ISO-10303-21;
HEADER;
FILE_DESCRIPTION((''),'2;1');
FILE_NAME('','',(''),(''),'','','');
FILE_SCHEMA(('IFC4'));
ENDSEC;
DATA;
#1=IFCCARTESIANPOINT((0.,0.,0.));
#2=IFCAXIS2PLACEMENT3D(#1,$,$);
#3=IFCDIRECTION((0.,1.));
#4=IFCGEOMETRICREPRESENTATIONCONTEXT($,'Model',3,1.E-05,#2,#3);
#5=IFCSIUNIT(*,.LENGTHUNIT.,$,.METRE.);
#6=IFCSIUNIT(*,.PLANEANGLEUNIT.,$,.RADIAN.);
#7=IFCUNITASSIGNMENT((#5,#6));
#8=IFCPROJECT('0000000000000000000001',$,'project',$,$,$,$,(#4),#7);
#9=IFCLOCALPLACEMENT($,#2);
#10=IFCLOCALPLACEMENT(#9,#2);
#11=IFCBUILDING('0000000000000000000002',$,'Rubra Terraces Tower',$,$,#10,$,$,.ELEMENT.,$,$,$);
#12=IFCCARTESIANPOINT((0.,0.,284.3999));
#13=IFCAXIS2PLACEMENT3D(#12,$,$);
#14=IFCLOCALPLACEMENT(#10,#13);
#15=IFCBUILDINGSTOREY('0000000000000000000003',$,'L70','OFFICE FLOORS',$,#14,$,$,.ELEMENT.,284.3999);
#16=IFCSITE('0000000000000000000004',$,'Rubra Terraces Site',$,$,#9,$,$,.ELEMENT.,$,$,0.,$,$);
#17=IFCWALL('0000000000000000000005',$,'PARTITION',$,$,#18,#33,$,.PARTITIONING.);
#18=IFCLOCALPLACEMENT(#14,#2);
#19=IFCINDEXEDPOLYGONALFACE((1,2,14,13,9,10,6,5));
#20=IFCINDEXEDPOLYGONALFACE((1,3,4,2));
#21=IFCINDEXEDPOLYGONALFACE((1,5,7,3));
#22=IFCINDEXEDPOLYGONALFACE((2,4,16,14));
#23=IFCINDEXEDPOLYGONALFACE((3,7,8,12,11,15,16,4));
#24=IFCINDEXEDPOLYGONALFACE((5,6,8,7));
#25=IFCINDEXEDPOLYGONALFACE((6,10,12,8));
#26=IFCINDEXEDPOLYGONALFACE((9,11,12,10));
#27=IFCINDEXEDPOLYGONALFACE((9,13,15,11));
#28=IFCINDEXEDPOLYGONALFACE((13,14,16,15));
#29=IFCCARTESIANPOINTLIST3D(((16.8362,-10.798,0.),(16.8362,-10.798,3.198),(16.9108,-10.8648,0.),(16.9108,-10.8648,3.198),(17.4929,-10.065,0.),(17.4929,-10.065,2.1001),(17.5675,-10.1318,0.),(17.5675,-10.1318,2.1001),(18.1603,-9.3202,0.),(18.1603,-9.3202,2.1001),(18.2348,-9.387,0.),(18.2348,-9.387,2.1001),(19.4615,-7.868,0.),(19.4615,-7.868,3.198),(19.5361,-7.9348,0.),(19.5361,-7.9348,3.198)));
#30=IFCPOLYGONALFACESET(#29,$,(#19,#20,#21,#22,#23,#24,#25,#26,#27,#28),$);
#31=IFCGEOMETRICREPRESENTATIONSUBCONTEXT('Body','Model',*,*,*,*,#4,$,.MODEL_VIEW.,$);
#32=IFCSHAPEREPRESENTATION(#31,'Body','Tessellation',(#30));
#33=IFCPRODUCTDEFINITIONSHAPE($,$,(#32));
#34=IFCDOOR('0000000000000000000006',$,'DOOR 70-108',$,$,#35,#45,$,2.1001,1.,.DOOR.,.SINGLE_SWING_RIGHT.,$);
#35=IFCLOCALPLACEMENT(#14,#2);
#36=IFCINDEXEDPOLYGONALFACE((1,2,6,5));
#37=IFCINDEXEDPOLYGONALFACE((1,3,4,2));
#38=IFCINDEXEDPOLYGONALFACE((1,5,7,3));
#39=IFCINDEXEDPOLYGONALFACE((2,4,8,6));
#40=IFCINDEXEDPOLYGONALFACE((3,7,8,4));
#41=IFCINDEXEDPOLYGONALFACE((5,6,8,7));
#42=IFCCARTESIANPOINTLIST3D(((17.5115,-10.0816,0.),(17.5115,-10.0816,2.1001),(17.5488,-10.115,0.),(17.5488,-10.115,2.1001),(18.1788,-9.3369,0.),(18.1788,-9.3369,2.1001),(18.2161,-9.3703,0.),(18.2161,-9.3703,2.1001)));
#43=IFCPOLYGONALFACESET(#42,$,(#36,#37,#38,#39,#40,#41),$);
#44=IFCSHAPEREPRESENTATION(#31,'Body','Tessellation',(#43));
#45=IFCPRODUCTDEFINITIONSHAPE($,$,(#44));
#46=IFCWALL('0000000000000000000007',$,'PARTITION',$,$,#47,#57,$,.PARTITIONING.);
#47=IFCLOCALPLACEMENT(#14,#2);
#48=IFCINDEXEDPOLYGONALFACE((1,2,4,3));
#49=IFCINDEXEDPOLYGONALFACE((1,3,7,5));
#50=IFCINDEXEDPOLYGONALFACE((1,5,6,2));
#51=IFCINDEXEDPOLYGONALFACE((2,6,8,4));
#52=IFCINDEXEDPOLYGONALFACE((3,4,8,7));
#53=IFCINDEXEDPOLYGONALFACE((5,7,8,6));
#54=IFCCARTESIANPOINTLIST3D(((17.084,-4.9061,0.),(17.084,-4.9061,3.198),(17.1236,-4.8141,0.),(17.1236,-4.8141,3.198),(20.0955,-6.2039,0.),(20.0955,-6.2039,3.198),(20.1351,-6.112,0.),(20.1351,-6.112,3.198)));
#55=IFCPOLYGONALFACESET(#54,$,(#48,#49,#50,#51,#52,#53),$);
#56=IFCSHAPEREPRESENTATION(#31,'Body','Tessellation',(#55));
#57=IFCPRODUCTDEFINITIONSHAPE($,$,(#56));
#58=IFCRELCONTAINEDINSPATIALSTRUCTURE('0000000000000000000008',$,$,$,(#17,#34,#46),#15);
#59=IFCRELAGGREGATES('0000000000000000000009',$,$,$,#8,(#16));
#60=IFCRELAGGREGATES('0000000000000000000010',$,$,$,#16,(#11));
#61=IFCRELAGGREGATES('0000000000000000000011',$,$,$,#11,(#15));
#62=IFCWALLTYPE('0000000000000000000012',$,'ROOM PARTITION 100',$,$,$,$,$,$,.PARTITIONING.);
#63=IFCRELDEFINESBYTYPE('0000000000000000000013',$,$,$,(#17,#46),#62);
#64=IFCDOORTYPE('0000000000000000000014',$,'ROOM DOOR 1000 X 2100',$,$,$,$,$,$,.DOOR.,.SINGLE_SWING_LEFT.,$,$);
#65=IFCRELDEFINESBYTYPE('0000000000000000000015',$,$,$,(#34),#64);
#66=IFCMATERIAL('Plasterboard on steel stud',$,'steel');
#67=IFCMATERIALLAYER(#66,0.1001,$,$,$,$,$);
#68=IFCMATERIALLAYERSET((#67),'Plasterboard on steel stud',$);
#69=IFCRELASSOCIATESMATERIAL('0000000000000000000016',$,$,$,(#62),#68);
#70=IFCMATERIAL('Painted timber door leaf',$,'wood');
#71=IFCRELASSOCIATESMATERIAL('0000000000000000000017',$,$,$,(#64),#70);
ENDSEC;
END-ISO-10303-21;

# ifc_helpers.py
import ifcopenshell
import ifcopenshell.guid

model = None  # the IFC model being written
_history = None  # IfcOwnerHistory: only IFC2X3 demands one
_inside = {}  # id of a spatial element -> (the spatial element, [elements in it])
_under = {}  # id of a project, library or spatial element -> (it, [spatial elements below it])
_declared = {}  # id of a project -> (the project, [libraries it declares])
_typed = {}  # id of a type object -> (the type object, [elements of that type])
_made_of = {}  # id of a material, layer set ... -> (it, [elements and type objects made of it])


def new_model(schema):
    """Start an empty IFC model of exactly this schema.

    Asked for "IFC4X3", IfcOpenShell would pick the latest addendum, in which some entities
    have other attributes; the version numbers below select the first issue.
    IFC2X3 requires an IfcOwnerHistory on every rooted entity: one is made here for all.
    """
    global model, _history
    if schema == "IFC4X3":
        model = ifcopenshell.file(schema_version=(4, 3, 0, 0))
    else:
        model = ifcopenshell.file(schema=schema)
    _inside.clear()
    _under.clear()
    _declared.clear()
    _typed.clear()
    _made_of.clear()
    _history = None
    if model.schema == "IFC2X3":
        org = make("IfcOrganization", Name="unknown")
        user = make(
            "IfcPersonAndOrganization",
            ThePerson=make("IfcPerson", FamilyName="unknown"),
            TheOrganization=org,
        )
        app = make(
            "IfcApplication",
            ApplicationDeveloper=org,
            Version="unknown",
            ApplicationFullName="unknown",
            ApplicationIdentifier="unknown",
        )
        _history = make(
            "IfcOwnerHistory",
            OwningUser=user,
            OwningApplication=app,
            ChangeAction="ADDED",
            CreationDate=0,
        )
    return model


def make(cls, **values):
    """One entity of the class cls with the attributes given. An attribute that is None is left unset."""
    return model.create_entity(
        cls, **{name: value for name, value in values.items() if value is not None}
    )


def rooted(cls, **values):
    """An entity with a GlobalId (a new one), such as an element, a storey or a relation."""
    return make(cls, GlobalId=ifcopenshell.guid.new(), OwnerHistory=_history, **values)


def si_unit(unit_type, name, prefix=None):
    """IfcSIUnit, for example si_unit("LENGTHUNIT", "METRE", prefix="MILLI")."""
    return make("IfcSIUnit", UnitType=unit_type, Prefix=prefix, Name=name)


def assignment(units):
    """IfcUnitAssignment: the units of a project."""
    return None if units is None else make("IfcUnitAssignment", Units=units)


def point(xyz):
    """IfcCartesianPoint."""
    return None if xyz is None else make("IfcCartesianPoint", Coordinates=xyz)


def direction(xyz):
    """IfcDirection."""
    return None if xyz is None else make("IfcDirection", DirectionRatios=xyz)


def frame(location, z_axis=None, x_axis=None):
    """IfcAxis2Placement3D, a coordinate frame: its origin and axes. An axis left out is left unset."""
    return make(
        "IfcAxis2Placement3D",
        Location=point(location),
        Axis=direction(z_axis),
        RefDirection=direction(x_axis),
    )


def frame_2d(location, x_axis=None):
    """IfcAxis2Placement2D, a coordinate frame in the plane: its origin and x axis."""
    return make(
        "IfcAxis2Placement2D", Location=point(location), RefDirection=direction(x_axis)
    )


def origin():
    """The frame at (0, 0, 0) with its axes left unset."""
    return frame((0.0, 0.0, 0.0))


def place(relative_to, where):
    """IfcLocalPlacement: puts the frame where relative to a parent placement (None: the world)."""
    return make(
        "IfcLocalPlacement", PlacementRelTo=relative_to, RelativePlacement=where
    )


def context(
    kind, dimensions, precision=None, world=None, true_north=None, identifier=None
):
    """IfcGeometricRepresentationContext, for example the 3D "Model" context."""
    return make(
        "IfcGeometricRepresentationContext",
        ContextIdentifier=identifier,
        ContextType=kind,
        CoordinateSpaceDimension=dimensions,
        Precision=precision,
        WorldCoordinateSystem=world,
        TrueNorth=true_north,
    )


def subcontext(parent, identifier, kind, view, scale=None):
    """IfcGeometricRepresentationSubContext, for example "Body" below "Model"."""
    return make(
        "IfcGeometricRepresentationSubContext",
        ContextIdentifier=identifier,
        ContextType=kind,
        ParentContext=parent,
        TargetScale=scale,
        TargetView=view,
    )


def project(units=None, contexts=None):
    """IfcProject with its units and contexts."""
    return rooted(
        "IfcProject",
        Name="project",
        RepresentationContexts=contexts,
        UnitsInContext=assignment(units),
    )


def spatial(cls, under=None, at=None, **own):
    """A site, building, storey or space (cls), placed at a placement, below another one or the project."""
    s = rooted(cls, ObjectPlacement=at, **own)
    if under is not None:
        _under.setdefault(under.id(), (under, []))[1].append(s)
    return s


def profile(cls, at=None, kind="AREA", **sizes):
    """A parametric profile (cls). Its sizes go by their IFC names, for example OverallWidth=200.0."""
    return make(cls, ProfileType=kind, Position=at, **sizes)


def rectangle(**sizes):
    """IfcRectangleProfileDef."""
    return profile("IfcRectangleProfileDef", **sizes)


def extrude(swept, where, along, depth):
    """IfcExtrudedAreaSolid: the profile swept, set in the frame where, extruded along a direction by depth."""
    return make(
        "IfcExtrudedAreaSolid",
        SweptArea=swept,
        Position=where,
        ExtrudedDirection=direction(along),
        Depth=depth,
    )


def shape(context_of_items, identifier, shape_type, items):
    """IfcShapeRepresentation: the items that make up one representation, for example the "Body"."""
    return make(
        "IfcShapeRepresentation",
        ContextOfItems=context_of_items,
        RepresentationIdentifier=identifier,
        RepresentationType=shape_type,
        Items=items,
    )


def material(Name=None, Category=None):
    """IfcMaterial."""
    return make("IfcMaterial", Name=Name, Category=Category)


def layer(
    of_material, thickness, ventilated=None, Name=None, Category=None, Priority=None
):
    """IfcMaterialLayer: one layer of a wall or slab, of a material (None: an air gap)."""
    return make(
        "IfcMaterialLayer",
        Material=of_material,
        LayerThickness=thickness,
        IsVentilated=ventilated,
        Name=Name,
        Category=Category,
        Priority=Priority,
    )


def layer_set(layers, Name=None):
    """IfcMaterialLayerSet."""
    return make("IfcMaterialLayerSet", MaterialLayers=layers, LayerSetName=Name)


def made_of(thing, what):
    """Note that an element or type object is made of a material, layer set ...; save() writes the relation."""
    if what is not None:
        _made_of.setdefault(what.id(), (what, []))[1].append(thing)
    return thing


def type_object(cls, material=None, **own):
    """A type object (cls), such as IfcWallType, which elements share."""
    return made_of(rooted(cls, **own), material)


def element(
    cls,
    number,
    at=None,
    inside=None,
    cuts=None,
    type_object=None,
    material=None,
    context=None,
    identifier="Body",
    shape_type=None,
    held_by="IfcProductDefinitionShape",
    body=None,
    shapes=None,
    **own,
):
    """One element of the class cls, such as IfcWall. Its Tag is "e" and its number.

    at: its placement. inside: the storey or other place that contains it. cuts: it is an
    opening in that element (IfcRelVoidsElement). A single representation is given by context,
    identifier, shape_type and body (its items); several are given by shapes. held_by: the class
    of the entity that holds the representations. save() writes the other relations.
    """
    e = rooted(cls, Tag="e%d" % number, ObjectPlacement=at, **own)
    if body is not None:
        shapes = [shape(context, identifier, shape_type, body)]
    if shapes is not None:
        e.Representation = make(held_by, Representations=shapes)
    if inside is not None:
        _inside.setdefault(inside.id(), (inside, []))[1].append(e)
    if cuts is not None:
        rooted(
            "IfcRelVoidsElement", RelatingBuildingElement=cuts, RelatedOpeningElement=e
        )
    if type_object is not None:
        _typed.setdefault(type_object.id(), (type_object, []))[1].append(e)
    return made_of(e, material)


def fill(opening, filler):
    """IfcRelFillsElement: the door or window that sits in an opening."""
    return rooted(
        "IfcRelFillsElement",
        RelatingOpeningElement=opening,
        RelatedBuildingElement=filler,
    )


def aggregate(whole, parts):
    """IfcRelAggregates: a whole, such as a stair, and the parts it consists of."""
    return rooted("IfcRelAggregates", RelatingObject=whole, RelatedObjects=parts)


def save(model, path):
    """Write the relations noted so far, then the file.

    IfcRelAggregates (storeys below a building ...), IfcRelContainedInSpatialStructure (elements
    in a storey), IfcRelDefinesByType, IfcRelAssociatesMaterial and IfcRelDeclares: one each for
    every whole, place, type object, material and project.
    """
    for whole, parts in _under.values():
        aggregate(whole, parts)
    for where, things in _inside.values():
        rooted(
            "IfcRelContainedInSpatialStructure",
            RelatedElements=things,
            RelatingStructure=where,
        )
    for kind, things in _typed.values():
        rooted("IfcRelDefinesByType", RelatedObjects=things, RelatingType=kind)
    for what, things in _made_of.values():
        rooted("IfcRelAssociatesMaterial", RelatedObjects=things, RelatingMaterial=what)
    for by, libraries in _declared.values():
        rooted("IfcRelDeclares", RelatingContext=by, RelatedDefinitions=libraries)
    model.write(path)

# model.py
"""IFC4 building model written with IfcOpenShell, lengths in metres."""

from ifc_helpers import new_model, si_unit, direction, frame, frame_2d, origin, place, context, subcontext, project, spatial, rectangle, extrude, material, layer, layer_set, type_object, element, fill, save


model = new_model("IFC4")

# Units and contexts
model_context = context("Model", 3, precision=1e-05, world=origin(), true_north=direction((0.0, 1.0)))
body_context = subcontext(model_context, "Body", "Model", "MODEL_VIEW")
ifc_project = project(units=[si_unit("LENGTHUNIT", "METRE"), si_unit("PLANEANGLEUNIT", "RADIAN")], contexts=[model_context])

# Site, building, storey
site_placement = place(None, origin())
site = spatial("IfcSite", under=ifc_project, at=site_placement, Name="Rubra Terraces Site", CompositionType="ELEMENT", RefElevation=0.0)
building_placement = place(site_placement, origin())
building = spatial("IfcBuilding", under=site, at=building_placement, Name="Rubra Terraces Tower", CompositionType="ELEMENT")
storey_placement = place(building_placement, frame((0.0, 0.0, 284.3999)))
storey = spatial("IfcBuildingStorey", under=building, at=storey_placement, Name="L70", Description="OFFICE FLOORS", CompositionType="ELEMENT", Elevation=284.3999)

# Shared definitions
ifc_material_1 = material(Name="Plasterboard on steel stud", Category="steel")
ifc_layer_1 = layer(ifc_material_1, 0.1001)
ifc_layer_set_1 = layer_set([ifc_layer_1], Name="Plasterboard on steel stud")
wall_type_1 = type_object("IfcWallType", Name="ROOM PARTITION 100", PredefinedType="PARTITIONING", material=ifc_layer_set_1)

# Wall, opening, door
wall_1_placement = place(storey_placement, frame((19.4988, -7.9014, 0.0), z_axis=(0.0, 0.0, 1.0), x_axis=(-0.667321, -0.74477, 0.0)))
wall_1 = element("IfcWall", 1, at=wall_1_placement, inside=storey, type_object=wall_type_1, Name="PARTITION", PredefinedType="PARTITIONING", context=body_context, shape_type="SweptSolid", body=[
    extrude(rectangle(XDim=3.9341, YDim=0.1001, at=frame_2d((1.967, 0.0))), origin(), (0.0, 0.0, 1.0), 3.198),
])
opening_1_placement = place(wall_1_placement, frame((1.95, 0.0, 0.0)))
opening_1 = element("IfcOpeningElement", 2, at=opening_1_placement, cuts=wall_1, PredefinedType="OPENING", context=body_context, shape_type="SweptSolid", body=[
    extrude(rectangle(XDim=1.0, YDim=2.1001, at=frame_2d((0.5, 1.05))), frame((0.0, 0.0601, 0.0), z_axis=(0.0, -1.0, 0.0), x_axis=(1.0, 0.0, 0.0)), (0.0, 0.0, 1.0), 0.1201),
])
ifc_material_2 = material(Name="Painted timber door leaf", Category="wood")
door_type_1 = type_object("IfcDoorType", Name="ROOM DOOR 1000 X 2100", OperationType="SINGLE_SWING_LEFT", PredefinedType="DOOR", material=ifc_material_2)
door_1_placement = place(opening_1_placement, origin())
door_1 = element("IfcDoor", 3, at=door_1_placement, inside=storey, type_object=door_type_1, Name="DOOR 70-108", OperationType="SINGLE_SWING_RIGHT", OverallHeight=2.1001, OverallWidth=1.0, PredefinedType="DOOR", context=body_context, shape_type="SweptSolid", body=[
    extrude(rectangle(XDim=1.0, YDim=2.1001, at=frame_2d((0.5, 1.05))), frame((0.0, 0.0249, 0.0), z_axis=(0.0, -1.0, 0.0), x_axis=(1.0, 0.0, 0.0)), (0.0, 0.0, 1.0), 0.05),
])
fill(opening_1, door_1)

# Wall
wall_2_placement = place(storey_placement, frame((17.1038, -4.8601, 0.0), z_axis=(0.0, 0.0, 1.0), x_axis=(0.918346, -0.395778, 0.0)))
element("IfcWall", 4, at=wall_2_placement, inside=storey, type_object=wall_type_1, Name="PARTITION", PredefinedType="PARTITIONING", context=body_context, shape_type="SweptSolid", body=[
    extrude(rectangle(XDim=3.2793, YDim=0.1001, at=frame_2d((1.6396, 0.0))), origin(), (0.0, 0.0, 1.0), 3.198),
])

save(model, "model.ifc")
